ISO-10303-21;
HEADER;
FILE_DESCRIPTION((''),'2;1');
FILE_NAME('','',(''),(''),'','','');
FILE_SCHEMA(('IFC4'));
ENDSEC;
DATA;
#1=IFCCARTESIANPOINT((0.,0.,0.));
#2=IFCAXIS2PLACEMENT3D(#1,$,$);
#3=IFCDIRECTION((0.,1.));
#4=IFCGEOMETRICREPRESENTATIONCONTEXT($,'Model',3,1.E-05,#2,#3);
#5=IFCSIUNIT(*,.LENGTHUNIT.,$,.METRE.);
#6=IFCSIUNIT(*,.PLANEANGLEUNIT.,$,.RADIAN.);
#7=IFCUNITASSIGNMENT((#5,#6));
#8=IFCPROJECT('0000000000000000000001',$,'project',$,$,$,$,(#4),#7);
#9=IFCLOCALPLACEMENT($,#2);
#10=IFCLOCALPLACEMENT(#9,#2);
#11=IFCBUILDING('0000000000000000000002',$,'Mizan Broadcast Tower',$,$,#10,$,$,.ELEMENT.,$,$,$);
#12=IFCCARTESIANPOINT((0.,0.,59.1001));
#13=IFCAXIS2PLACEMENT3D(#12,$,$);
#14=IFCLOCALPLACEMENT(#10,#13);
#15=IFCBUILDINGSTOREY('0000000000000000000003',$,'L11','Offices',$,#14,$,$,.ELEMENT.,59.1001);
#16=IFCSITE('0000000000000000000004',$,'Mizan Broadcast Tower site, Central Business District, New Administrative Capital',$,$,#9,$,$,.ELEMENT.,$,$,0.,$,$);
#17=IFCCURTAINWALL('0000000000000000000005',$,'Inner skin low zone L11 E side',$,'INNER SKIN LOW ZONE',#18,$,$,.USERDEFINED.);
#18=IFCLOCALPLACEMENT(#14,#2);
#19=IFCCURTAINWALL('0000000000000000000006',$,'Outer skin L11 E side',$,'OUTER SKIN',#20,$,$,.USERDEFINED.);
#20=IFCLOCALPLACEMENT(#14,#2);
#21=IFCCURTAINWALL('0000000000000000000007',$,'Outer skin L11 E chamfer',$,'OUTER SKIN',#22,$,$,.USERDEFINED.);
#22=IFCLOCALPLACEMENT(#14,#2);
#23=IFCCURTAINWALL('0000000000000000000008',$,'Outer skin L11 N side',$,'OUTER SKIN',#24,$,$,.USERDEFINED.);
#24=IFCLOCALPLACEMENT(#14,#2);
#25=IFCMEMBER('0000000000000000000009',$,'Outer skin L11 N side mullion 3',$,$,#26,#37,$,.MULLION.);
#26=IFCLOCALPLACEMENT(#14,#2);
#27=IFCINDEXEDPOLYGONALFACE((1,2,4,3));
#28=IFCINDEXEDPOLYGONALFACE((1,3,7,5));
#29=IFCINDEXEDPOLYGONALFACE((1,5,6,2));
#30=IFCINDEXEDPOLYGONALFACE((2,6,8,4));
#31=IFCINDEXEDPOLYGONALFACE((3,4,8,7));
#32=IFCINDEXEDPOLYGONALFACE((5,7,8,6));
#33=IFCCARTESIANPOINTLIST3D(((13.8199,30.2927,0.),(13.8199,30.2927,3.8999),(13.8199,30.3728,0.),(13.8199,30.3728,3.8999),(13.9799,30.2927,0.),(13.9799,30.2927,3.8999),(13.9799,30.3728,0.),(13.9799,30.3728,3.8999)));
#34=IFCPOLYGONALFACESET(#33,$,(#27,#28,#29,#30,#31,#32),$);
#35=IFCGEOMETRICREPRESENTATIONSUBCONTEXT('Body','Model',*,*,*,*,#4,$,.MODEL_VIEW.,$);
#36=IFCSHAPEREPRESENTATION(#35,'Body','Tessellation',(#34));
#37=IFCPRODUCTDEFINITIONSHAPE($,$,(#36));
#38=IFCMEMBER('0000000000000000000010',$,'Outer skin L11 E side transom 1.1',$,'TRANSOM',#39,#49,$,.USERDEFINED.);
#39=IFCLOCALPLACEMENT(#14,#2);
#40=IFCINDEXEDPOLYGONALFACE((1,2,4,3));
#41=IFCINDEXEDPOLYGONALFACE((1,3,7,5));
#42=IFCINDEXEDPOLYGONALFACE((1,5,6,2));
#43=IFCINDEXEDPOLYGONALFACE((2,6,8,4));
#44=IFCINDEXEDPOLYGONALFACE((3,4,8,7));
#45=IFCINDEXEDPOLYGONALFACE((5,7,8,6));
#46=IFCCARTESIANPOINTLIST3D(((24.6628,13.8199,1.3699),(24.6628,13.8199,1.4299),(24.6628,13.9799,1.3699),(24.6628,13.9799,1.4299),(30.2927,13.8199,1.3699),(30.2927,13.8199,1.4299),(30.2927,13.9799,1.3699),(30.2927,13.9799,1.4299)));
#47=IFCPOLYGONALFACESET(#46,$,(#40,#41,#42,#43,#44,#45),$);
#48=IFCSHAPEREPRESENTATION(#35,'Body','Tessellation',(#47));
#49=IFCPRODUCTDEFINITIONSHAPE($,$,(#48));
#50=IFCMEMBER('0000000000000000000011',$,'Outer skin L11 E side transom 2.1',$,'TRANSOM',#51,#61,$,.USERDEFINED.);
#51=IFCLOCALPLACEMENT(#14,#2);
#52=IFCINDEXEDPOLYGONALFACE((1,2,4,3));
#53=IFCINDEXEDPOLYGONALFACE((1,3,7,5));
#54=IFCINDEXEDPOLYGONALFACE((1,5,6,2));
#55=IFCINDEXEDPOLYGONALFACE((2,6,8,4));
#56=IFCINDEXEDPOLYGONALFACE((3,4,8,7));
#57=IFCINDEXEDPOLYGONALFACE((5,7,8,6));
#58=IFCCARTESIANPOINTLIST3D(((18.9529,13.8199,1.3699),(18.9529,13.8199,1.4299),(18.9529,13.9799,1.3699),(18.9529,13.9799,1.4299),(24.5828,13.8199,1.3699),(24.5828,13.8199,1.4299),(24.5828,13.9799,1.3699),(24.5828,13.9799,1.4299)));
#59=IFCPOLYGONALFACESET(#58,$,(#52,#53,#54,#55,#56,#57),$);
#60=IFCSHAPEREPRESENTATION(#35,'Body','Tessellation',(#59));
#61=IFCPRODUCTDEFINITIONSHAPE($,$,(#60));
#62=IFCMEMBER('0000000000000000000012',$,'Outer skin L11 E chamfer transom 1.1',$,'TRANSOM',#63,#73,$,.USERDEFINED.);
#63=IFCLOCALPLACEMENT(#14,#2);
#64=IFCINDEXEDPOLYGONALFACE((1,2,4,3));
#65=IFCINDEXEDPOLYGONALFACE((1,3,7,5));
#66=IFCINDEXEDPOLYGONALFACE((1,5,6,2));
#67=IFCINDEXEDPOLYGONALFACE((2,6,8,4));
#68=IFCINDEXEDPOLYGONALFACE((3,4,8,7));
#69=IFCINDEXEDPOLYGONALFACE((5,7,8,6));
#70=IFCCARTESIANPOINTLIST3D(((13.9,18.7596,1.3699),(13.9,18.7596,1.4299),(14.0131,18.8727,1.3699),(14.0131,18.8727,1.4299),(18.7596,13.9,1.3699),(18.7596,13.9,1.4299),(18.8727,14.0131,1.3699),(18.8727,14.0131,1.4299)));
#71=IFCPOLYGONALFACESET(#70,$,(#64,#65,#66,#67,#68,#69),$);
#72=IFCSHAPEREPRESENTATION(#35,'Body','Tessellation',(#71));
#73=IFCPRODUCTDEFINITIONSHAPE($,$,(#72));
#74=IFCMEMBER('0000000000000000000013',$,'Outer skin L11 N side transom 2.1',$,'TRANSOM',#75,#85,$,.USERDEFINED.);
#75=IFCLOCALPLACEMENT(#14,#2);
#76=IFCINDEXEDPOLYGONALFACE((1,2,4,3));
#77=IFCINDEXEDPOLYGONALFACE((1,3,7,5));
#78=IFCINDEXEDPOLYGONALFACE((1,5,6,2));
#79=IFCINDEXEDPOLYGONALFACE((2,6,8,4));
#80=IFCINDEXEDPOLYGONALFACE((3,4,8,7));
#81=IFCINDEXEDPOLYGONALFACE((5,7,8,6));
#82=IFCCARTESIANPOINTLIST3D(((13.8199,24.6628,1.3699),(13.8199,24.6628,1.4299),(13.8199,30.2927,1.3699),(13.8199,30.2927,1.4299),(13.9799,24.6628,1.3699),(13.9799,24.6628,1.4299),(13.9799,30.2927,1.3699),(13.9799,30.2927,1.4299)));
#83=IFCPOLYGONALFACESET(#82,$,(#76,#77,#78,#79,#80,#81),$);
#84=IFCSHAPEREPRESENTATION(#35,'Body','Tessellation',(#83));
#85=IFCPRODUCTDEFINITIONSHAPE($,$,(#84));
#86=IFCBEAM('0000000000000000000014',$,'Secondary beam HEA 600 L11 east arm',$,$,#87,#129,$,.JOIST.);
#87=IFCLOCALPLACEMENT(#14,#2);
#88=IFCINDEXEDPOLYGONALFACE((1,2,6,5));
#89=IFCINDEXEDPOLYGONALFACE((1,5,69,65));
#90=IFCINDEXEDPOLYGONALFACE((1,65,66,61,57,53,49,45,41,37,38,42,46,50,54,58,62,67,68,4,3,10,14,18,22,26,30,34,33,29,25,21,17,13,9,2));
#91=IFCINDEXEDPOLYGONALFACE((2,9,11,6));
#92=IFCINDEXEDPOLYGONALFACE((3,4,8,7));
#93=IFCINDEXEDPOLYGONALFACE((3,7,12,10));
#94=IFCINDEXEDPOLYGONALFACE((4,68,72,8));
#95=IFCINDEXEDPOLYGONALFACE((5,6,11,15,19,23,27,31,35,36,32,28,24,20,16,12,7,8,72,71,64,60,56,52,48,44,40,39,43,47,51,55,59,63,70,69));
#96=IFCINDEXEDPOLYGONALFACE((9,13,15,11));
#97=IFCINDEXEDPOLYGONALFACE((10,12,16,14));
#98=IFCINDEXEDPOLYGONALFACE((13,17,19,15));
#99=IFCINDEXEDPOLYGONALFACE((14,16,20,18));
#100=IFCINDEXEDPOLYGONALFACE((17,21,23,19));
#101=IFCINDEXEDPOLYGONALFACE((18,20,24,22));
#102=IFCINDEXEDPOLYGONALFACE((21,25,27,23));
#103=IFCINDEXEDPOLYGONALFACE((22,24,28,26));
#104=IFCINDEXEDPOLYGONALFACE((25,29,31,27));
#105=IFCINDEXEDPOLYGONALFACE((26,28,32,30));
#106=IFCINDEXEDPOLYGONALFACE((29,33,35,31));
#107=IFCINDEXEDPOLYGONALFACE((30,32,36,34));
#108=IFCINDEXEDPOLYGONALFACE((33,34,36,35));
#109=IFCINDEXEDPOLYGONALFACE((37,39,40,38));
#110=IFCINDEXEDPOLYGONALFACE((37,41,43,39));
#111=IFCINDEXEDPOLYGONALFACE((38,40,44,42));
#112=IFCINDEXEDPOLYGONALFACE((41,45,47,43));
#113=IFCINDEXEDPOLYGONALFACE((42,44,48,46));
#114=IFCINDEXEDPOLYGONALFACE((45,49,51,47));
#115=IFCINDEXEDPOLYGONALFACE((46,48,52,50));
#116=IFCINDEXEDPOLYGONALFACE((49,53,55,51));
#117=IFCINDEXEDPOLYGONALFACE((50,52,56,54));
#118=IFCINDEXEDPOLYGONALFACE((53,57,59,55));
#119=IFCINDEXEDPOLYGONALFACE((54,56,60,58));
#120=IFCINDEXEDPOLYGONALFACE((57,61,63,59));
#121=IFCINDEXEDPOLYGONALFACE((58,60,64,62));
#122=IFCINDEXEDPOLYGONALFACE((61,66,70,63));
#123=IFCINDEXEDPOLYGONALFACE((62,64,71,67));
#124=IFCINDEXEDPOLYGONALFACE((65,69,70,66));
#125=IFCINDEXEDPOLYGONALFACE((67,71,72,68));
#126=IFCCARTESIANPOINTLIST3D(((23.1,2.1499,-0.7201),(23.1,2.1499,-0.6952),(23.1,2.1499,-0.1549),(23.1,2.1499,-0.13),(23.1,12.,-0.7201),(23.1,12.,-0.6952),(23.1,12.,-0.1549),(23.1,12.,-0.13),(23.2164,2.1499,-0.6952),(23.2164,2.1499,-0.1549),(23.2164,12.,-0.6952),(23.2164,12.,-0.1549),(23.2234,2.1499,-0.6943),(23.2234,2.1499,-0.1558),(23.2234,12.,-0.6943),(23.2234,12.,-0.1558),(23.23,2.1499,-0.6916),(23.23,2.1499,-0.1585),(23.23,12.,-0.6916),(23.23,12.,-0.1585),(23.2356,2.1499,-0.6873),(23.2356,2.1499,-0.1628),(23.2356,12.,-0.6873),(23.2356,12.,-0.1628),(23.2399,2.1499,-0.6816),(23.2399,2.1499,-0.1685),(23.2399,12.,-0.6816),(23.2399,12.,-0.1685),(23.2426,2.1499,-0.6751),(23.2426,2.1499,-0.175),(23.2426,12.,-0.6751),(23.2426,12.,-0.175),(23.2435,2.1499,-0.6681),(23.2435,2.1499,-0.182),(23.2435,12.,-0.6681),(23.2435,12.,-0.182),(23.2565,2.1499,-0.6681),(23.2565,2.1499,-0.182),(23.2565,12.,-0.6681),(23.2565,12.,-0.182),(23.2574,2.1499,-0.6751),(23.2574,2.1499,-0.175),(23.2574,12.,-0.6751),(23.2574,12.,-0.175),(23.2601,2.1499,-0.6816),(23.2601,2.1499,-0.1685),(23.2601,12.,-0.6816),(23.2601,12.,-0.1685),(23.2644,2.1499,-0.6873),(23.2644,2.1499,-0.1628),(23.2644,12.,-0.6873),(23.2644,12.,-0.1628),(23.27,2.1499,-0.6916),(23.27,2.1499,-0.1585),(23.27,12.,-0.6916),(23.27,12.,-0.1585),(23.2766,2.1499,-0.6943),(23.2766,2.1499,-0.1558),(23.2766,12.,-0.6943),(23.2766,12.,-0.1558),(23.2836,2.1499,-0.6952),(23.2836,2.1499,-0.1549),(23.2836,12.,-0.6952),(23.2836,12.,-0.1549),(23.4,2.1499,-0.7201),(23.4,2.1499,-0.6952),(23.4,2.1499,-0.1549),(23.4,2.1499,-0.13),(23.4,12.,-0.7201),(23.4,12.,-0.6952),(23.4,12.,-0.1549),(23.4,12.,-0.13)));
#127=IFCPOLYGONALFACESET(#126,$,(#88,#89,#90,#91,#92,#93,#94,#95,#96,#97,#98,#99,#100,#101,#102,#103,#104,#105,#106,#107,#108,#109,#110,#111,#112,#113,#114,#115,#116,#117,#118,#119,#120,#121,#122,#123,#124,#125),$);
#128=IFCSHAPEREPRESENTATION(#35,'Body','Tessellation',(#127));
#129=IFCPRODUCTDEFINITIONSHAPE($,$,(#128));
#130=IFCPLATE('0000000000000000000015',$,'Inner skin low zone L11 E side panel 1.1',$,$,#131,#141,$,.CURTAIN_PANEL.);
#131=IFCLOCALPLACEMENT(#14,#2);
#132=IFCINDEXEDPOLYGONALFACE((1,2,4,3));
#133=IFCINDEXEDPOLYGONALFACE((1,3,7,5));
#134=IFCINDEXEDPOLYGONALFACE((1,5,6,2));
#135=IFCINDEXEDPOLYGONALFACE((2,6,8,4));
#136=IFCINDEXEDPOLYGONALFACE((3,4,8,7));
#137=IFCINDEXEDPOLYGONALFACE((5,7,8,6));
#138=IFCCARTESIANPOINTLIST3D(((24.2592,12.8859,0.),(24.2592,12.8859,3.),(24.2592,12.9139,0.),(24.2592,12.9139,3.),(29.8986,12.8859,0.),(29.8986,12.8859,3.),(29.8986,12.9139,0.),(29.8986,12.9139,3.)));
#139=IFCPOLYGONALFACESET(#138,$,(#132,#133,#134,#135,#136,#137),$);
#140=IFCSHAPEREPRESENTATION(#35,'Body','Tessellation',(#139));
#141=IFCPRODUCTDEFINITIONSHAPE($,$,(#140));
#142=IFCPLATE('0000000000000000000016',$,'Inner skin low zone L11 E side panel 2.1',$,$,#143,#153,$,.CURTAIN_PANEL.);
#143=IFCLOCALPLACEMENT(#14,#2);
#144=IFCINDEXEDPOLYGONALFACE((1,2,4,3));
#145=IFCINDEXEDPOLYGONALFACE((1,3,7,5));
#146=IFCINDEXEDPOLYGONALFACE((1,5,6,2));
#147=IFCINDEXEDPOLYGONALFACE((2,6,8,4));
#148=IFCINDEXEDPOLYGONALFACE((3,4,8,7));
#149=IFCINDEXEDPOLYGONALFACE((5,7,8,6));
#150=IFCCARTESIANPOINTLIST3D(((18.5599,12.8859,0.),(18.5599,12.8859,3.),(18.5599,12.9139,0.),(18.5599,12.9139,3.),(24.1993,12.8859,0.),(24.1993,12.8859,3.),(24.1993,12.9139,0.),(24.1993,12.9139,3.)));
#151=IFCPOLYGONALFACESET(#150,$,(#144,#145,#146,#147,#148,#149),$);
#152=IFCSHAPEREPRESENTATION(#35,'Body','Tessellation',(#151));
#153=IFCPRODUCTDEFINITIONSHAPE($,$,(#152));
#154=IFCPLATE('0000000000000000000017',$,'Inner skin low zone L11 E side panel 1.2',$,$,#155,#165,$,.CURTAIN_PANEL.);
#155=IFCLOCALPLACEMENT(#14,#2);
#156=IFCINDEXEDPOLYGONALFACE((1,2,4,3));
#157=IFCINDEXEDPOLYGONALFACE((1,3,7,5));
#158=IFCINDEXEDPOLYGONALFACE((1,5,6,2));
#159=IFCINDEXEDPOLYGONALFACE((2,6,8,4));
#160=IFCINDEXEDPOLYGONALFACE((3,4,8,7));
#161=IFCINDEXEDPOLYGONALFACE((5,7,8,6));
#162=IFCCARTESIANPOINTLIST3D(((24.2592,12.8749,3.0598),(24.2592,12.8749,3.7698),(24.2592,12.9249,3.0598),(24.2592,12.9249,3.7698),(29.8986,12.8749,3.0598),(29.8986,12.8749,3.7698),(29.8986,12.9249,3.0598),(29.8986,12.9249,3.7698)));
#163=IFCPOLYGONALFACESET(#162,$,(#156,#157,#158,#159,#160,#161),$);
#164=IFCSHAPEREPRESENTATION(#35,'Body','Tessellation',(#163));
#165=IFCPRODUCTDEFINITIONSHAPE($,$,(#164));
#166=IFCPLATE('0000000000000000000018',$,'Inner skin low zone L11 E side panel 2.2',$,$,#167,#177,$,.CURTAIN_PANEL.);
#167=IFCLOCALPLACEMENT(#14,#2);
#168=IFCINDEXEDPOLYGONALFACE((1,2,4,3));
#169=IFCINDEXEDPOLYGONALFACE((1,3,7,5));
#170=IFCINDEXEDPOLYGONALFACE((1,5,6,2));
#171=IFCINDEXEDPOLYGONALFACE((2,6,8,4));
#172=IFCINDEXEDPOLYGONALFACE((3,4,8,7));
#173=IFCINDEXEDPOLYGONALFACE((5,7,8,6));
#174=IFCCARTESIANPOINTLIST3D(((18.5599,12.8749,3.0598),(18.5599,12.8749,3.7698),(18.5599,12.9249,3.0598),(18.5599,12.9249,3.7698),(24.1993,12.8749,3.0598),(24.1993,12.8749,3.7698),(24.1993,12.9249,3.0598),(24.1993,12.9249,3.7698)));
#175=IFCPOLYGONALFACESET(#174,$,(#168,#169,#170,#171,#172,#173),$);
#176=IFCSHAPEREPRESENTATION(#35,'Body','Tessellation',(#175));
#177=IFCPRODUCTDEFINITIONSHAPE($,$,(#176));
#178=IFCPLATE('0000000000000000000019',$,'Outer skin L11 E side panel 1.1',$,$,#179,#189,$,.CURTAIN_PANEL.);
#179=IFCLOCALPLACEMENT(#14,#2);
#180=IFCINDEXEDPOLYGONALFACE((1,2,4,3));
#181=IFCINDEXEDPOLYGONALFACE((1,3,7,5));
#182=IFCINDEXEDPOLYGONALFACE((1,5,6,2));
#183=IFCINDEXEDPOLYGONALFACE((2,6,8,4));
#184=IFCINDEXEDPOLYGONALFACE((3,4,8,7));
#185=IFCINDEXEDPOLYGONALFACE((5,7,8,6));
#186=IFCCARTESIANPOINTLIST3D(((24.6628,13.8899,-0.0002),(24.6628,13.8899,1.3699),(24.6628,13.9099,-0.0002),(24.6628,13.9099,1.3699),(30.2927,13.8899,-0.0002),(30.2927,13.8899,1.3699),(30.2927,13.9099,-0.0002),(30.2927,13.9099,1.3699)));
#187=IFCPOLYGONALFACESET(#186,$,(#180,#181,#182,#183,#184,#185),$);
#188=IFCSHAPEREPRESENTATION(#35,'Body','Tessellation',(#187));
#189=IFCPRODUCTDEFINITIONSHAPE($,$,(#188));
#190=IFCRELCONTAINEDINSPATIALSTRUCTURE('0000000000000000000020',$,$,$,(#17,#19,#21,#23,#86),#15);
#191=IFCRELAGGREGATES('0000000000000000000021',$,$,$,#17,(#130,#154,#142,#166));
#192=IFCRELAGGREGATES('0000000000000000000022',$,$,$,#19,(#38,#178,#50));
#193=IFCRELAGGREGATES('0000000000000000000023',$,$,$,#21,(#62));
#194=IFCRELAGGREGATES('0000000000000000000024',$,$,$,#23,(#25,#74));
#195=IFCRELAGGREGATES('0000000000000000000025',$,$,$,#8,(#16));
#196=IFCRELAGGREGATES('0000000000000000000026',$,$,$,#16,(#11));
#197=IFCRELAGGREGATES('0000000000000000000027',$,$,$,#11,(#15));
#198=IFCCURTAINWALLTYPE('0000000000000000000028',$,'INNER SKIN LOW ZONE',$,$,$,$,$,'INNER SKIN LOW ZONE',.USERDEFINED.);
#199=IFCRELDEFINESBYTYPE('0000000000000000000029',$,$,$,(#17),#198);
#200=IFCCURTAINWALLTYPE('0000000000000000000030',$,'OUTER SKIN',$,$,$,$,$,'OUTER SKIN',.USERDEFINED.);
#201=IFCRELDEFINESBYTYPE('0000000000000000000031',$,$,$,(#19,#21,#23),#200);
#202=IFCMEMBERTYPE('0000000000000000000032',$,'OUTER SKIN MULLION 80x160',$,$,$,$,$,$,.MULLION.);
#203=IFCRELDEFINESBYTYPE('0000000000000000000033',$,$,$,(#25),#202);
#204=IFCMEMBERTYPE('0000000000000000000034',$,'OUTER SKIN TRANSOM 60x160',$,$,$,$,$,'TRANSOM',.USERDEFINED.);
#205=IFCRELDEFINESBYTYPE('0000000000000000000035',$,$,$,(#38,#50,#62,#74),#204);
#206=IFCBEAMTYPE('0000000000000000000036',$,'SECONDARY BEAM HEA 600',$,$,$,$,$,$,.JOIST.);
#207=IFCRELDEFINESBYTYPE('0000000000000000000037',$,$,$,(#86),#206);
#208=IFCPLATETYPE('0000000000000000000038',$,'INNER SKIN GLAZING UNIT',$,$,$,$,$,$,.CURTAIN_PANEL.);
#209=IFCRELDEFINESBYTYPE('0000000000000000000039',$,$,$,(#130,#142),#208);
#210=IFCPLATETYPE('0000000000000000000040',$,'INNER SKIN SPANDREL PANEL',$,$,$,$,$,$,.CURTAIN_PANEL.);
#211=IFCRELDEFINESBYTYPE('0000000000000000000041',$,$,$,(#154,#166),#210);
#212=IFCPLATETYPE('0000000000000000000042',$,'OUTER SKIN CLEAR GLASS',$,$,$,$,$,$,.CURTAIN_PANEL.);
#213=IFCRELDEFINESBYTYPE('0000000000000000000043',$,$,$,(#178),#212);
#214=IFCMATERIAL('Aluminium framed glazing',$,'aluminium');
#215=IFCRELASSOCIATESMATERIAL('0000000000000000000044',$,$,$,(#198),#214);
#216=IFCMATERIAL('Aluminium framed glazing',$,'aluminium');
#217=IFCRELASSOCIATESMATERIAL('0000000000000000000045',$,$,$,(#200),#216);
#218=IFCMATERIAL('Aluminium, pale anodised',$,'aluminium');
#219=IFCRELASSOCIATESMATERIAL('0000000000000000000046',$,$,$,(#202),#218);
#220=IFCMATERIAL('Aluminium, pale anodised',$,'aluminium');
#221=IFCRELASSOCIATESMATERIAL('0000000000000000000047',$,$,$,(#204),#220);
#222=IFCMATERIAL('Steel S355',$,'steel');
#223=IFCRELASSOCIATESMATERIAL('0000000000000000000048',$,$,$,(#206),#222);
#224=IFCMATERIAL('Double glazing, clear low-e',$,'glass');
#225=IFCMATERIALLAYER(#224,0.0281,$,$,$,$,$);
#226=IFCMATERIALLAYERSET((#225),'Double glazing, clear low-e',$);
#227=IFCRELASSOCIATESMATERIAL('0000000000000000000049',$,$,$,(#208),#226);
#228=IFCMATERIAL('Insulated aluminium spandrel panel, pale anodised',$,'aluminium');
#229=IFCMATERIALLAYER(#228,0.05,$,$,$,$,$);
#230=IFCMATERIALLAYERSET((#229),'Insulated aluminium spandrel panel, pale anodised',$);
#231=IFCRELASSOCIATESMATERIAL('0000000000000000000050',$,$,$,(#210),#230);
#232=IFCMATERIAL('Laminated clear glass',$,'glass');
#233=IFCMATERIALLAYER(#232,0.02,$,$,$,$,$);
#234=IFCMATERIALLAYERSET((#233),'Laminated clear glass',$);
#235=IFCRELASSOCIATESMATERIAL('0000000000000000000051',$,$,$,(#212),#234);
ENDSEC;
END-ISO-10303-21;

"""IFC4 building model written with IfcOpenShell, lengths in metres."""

from ifc_helpers import new_model, si_unit, direction, frame, origin, origin_2d, place, context, subcontext, project, spatial, rectangle, i_section, extrude, material, layer, layer_set, material_profile, profile_set, type_object, element, aggregate, save


model = new_model("IFC4")

# Units and contexts
model_context = context("Model", 3, precision=1e-05, world=origin(), true_north=direction((0.0, 1.0)))
body_context = subcontext(model_context, "Body", "Model", "MODEL_VIEW")
ifc_project = project(units=[si_unit("LENGTHUNIT", "METRE"), si_unit("PLANEANGLEUNIT", "RADIAN")], contexts=[model_context])

# Site, building, storey
site_placement = place(None, origin())
site = spatial("IfcSite", under=ifc_project, at=site_placement, Name="Mizan Broadcast Tower site, Central Business District, New Administrative Capital", CompositionType="ELEMENT", RefElevation=0.0)
building_placement = place(site_placement, origin())
building = spatial("IfcBuilding", under=site, at=building_placement, Name="Mizan Broadcast Tower", CompositionType="ELEMENT")
storey_placement = place(building_placement, frame((0.0, 0.0, 59.1001)))
storey = spatial("IfcBuildingStorey", under=building, at=storey_placement, Name="L11", Description="Offices", CompositionType="ELEMENT", Elevation=59.1001)

# Shared definitions
ifc_material_1 = material(Name="Aluminium framed glazing", Category="aluminium")
curtain_wall_type_1 = type_object("IfcCurtainWallType", Name="INNER SKIN LOW ZONE", ElementType="INNER SKIN LOW ZONE", PredefinedType="USERDEFINED", material=ifc_material_1)

# Curtain wall
curtain_wall_1_placement = place(storey_placement, origin())
curtain_wall_1 = element("IfcCurtainWall", 1, at=curtain_wall_1_placement, inside=storey, type_object=curtain_wall_type_1, Name="Inner skin low zone L11 E side", ObjectType="INNER SKIN LOW ZONE", PredefinedType="USERDEFINED")

# Shared definitions
ifc_material_2 = material(Name="Aluminium framed glazing", Category="aluminium")
curtain_wall_type_2 = type_object("IfcCurtainWallType", Name="OUTER SKIN", ElementType="OUTER SKIN", PredefinedType="USERDEFINED", material=ifc_material_2)
ifc_material_3 = material(Name="Aluminium, pale anodised", Category="aluminium")
ifc_material_profile_1 = material_profile(ifc_material_3, rectangle(XDim=0.1599, YDim=0.0801, at=origin_2d()), Name="MULLION 160x80")
ifc_profile_set_1 = profile_set([ifc_material_profile_1], Name="Aluminium, pale anodised")
member_type_1 = type_object("IfcMemberType", Name="OUTER SKIN MULLION 80x160", PredefinedType="MULLION", material=ifc_profile_set_1)

# Curtain wall
curtain_wall_2_placement = place(storey_placement, origin())
curtain_wall_2 = element("IfcCurtainWall", 2, at=curtain_wall_2_placement, inside=storey, type_object=curtain_wall_type_2, Name="Outer skin L11 E side", ObjectType="OUTER SKIN", PredefinedType="USERDEFINED")

# Curtain wall
curtain_wall_3_placement = place(storey_placement, origin())
curtain_wall_3 = element("IfcCurtainWall", 3, at=curtain_wall_3_placement, inside=storey, type_object=curtain_wall_type_2, Name="Outer skin L11 E chamfer", ObjectType="OUTER SKIN", PredefinedType="USERDEFINED")

# Curtain wall, member
curtain_wall_4_placement = place(storey_placement, origin())
curtain_wall_4 = element("IfcCurtainWall", 4, at=curtain_wall_4_placement, inside=storey, type_object=curtain_wall_type_2, Name="Outer skin L11 N side", ObjectType="OUTER SKIN", PredefinedType="USERDEFINED")
member_1_placement = place(storey_placement, frame((13.8999, 30.3328, 0.0), z_axis=(0.0, 0.0, 1.0), x_axis=(-1.0, 0.0, 0.0)))
member_1 = element("IfcMember", 5, at=member_1_placement, type_object=member_type_1, Name="Outer skin L11 N side mullion 3", PredefinedType="MULLION", context=body_context, shape_type="SweptSolid", body=[
    extrude(rectangle(XDim=0.1599, YDim=0.0801, at=origin_2d()), origin(), (0.0, 0.0, 1.0), 3.8999),
])

# Members
ifc_material_4 = material(Name="Aluminium, pale anodised", Category="aluminium")
ifc_material_profile_2 = material_profile(ifc_material_4, rectangle(XDim=0.1599, YDim=0.0601, at=origin_2d()), Name="TRANSOM 160x60")
ifc_profile_set_2 = profile_set([ifc_material_profile_2], Name="Aluminium, pale anodised")
member_type_2 = type_object("IfcMemberType", Name="OUTER SKIN TRANSOM 60x160", ElementType="TRANSOM", PredefinedType="USERDEFINED", material=ifc_profile_set_2)
member_2_placement = place(storey_placement, frame((30.2927, 13.8999, 1.3999), z_axis=(-1.0, 0.0, 0.0), x_axis=(0.0, -1.0, 0.0)))
member_2 = element("IfcMember", 6, at=member_2_placement, type_object=member_type_2, Name="Outer skin L11 E side transom 1.1", ObjectType="TRANSOM", PredefinedType="USERDEFINED", context=body_context, shape_type="SweptSolid", body=[
    extrude(rectangle(XDim=0.1599, YDim=0.0601, at=origin_2d()), origin(), (0.0, 0.0, 1.0), 5.6299),
])
member_3_placement = place(storey_placement, frame((24.5828, 13.8999, 1.3999), z_axis=(-1.0, 0.0, 0.0), x_axis=(0.0, -1.0, 0.0)))
member_3 = element("IfcMember", 7, at=member_3_placement, type_object=member_type_2, Name="Outer skin L11 E side transom 2.1", ObjectType="TRANSOM", PredefinedType="USERDEFINED", context=body_context, shape_type="SweptSolid", body=[
    extrude(rectangle(XDim=0.1599, YDim=0.0601, at=origin_2d()), origin(), (0.0, 0.0, 1.0), 5.6299),
])
member_4_placement = place(storey_placement, frame((18.8162, 13.9565, 1.3999), z_axis=(-0.707107, 0.707107, 0.0), x_axis=(-0.707107, -0.707107, 0.0)))
member_4 = element("IfcMember", 8, at=member_4_placement, type_object=member_type_2, Name="Outer skin L11 E chamfer transom 1.1", ObjectType="TRANSOM", PredefinedType="USERDEFINED", context=body_context, shape_type="SweptSolid", body=[
    extrude(rectangle(XDim=0.1599, YDim=0.0601, at=origin_2d()), origin(), (0.0, 0.0, 1.0), 6.8726),
])
member_5_placement = place(storey_placement, frame((13.8999, 24.6628, 1.3999), z_axis=(0.0, 1.0, 0.0), x_axis=(-1.0, 0.0, 0.0)))
member_5 = element("IfcMember", 9, at=member_5_placement, type_object=member_type_2, Name="Outer skin L11 N side transom 2.1", ObjectType="TRANSOM", PredefinedType="USERDEFINED", context=body_context, shape_type="SweptSolid", body=[
    extrude(rectangle(XDim=0.1599, YDim=0.0601, at=origin_2d()), origin(), (0.0, 0.0, 1.0), 5.6299),
])

# Beam
ifc_material_5 = material(Name="Steel S355", Category="steel")
ifc_material_profile_3 = material_profile(ifc_material_5, i_section(OverallWidth=0.3, OverallDepth=0.5901, WebThickness=0.0129, FlangeThickness=0.0249, FilletRadius=0.0271, at=origin_2d()), Name="HEA 600")
ifc_profile_set_3 = profile_set([ifc_material_profile_3], Name="Steel S355")
beam_type_1 = type_object("IfcBeamType", Name="SECONDARY BEAM HEA 600", PredefinedType="JOIST", material=ifc_profile_set_3)
beam_1_placement = place(storey_placement, frame((23.25, 12.0, -0.425), z_axis=(0.0, -1.0, 0.0), x_axis=(1.0, 0.0, 0.0)))
element("IfcBeam", 10, at=beam_1_placement, inside=storey, type_object=beam_type_1, Name="Secondary beam HEA 600 L11 east arm", PredefinedType="JOIST", context=body_context, shape_type="SweptSolid", body=[
    extrude(i_section(OverallWidth=0.3, OverallDepth=0.5901, WebThickness=0.0129, FlangeThickness=0.0249, FilletRadius=0.0271, at=origin_2d()), origin(), (0.0, 0.0, 1.0), 9.8501),
])

# Plates
ifc_material_6 = material(Name="Double glazing, clear low-e", Category="glass")
ifc_layer_1 = layer(ifc_material_6, 0.0281)
ifc_layer_set_1 = layer_set([ifc_layer_1], Name="Double glazing, clear low-e")
plate_type_1 = type_object("IfcPlateType", Name="INNER SKIN GLAZING UNIT", PredefinedType="CURTAIN_PANEL", material=ifc_layer_set_1)
plate_1_placement = place(storey_placement, frame((27.0789, 12.8999, 0.0), z_axis=(0.0, 0.0, 1.0), x_axis=(-1.0, 0.0, 0.0)))
plate_1 = element("IfcPlate", 11, at=plate_1_placement, type_object=plate_type_1, Name="Inner skin low zone L11 E side panel 1.1", PredefinedType="CURTAIN_PANEL", context=body_context, shape_type="SweptSolid", body=[
    extrude(rectangle(XDim=5.6394, YDim=0.0281, at=origin_2d()), origin(), (0.0, 0.0, 1.0), 3.0),
])
plate_2_placement = place(storey_placement, frame((21.3796, 12.8999, 0.0), z_axis=(0.0, 0.0, 1.0), x_axis=(-1.0, 0.0, 0.0)))
plate_2 = element("IfcPlate", 12, at=plate_2_placement, type_object=plate_type_1, Name="Inner skin low zone L11 E side panel 2.1", PredefinedType="CURTAIN_PANEL", context=body_context, shape_type="SweptSolid", body=[
    extrude(rectangle(XDim=5.6394, YDim=0.0281, at=origin_2d()), origin(), (0.0, 0.0, 1.0), 3.0),
])
ifc_material_7 = material(Name="Insulated aluminium spandrel panel, pale anodised", Category="aluminium")
ifc_layer_2 = layer(ifc_material_7, 0.05)
ifc_layer_set_2 = layer_set([ifc_layer_2], Name="Insulated aluminium spandrel panel, pale anodised")
plate_type_2 = type_object("IfcPlateType", Name="INNER SKIN SPANDREL PANEL", PredefinedType="CURTAIN_PANEL", material=ifc_layer_set_2)
plate_3_placement = place(storey_placement, frame((27.0789, 12.8999, 3.0598), z_axis=(0.0, 0.0, 1.0), x_axis=(-1.0, 0.0, 0.0)))
plate_3 = element("IfcPlate", 13, at=plate_3_placement, type_object=plate_type_2, Name="Inner skin low zone L11 E side panel 1.2", PredefinedType="CURTAIN_PANEL", context=body_context, shape_type="SweptSolid", body=[
    extrude(rectangle(XDim=5.6394, YDim=0.05, at=origin_2d()), origin(), (0.0, 0.0, 1.0), 0.71),
])
plate_4_placement = place(storey_placement, frame((21.3796, 12.8999, 3.0598), z_axis=(0.0, 0.0, 1.0), x_axis=(-1.0, 0.0, 0.0)))
plate_4 = element("IfcPlate", 14, at=plate_4_placement, type_object=plate_type_2, Name="Inner skin low zone L11 E side panel 2.2", PredefinedType="CURTAIN_PANEL", context=body_context, shape_type="SweptSolid", body=[
    extrude(rectangle(XDim=5.6394, YDim=0.05, at=origin_2d()), origin(), (0.0, 0.0, 1.0), 0.71),
])
aggregate(curtain_wall_1, [plate_1, plate_3, plate_2, plate_4])
ifc_material_8 = material(Name="Laminated clear glass", Category="glass")
ifc_layer_3 = layer(ifc_material_8, 0.02)
ifc_layer_set_3 = layer_set([ifc_layer_3], Name="Laminated clear glass")
plate_type_3 = type_object("IfcPlateType", Name="OUTER SKIN CLEAR GLASS", PredefinedType="CURTAIN_PANEL", material=ifc_layer_set_3)
plate_5_placement = place(storey_placement, frame((27.4778, 13.8999, -0.0002), z_axis=(0.0, 0.0, 1.0), x_axis=(-1.0, 0.0, 0.0)))
plate_5 = element("IfcPlate", 15, at=plate_5_placement, type_object=plate_type_3, Name="Outer skin L11 E side panel 1.1", PredefinedType="CURTAIN_PANEL", context=body_context, shape_type="SweptSolid", body=[
    extrude(rectangle(XDim=5.6299, YDim=0.02, at=origin_2d()), origin(), (0.0, 0.0, 1.0), 1.3701),
])
aggregate(curtain_wall_2, [member_2, plate_5, member_3])
aggregate(curtain_wall_3, [member_4])
aggregate(curtain_wall_4, [member_1, member_5])

save(model, "model.ifc")
